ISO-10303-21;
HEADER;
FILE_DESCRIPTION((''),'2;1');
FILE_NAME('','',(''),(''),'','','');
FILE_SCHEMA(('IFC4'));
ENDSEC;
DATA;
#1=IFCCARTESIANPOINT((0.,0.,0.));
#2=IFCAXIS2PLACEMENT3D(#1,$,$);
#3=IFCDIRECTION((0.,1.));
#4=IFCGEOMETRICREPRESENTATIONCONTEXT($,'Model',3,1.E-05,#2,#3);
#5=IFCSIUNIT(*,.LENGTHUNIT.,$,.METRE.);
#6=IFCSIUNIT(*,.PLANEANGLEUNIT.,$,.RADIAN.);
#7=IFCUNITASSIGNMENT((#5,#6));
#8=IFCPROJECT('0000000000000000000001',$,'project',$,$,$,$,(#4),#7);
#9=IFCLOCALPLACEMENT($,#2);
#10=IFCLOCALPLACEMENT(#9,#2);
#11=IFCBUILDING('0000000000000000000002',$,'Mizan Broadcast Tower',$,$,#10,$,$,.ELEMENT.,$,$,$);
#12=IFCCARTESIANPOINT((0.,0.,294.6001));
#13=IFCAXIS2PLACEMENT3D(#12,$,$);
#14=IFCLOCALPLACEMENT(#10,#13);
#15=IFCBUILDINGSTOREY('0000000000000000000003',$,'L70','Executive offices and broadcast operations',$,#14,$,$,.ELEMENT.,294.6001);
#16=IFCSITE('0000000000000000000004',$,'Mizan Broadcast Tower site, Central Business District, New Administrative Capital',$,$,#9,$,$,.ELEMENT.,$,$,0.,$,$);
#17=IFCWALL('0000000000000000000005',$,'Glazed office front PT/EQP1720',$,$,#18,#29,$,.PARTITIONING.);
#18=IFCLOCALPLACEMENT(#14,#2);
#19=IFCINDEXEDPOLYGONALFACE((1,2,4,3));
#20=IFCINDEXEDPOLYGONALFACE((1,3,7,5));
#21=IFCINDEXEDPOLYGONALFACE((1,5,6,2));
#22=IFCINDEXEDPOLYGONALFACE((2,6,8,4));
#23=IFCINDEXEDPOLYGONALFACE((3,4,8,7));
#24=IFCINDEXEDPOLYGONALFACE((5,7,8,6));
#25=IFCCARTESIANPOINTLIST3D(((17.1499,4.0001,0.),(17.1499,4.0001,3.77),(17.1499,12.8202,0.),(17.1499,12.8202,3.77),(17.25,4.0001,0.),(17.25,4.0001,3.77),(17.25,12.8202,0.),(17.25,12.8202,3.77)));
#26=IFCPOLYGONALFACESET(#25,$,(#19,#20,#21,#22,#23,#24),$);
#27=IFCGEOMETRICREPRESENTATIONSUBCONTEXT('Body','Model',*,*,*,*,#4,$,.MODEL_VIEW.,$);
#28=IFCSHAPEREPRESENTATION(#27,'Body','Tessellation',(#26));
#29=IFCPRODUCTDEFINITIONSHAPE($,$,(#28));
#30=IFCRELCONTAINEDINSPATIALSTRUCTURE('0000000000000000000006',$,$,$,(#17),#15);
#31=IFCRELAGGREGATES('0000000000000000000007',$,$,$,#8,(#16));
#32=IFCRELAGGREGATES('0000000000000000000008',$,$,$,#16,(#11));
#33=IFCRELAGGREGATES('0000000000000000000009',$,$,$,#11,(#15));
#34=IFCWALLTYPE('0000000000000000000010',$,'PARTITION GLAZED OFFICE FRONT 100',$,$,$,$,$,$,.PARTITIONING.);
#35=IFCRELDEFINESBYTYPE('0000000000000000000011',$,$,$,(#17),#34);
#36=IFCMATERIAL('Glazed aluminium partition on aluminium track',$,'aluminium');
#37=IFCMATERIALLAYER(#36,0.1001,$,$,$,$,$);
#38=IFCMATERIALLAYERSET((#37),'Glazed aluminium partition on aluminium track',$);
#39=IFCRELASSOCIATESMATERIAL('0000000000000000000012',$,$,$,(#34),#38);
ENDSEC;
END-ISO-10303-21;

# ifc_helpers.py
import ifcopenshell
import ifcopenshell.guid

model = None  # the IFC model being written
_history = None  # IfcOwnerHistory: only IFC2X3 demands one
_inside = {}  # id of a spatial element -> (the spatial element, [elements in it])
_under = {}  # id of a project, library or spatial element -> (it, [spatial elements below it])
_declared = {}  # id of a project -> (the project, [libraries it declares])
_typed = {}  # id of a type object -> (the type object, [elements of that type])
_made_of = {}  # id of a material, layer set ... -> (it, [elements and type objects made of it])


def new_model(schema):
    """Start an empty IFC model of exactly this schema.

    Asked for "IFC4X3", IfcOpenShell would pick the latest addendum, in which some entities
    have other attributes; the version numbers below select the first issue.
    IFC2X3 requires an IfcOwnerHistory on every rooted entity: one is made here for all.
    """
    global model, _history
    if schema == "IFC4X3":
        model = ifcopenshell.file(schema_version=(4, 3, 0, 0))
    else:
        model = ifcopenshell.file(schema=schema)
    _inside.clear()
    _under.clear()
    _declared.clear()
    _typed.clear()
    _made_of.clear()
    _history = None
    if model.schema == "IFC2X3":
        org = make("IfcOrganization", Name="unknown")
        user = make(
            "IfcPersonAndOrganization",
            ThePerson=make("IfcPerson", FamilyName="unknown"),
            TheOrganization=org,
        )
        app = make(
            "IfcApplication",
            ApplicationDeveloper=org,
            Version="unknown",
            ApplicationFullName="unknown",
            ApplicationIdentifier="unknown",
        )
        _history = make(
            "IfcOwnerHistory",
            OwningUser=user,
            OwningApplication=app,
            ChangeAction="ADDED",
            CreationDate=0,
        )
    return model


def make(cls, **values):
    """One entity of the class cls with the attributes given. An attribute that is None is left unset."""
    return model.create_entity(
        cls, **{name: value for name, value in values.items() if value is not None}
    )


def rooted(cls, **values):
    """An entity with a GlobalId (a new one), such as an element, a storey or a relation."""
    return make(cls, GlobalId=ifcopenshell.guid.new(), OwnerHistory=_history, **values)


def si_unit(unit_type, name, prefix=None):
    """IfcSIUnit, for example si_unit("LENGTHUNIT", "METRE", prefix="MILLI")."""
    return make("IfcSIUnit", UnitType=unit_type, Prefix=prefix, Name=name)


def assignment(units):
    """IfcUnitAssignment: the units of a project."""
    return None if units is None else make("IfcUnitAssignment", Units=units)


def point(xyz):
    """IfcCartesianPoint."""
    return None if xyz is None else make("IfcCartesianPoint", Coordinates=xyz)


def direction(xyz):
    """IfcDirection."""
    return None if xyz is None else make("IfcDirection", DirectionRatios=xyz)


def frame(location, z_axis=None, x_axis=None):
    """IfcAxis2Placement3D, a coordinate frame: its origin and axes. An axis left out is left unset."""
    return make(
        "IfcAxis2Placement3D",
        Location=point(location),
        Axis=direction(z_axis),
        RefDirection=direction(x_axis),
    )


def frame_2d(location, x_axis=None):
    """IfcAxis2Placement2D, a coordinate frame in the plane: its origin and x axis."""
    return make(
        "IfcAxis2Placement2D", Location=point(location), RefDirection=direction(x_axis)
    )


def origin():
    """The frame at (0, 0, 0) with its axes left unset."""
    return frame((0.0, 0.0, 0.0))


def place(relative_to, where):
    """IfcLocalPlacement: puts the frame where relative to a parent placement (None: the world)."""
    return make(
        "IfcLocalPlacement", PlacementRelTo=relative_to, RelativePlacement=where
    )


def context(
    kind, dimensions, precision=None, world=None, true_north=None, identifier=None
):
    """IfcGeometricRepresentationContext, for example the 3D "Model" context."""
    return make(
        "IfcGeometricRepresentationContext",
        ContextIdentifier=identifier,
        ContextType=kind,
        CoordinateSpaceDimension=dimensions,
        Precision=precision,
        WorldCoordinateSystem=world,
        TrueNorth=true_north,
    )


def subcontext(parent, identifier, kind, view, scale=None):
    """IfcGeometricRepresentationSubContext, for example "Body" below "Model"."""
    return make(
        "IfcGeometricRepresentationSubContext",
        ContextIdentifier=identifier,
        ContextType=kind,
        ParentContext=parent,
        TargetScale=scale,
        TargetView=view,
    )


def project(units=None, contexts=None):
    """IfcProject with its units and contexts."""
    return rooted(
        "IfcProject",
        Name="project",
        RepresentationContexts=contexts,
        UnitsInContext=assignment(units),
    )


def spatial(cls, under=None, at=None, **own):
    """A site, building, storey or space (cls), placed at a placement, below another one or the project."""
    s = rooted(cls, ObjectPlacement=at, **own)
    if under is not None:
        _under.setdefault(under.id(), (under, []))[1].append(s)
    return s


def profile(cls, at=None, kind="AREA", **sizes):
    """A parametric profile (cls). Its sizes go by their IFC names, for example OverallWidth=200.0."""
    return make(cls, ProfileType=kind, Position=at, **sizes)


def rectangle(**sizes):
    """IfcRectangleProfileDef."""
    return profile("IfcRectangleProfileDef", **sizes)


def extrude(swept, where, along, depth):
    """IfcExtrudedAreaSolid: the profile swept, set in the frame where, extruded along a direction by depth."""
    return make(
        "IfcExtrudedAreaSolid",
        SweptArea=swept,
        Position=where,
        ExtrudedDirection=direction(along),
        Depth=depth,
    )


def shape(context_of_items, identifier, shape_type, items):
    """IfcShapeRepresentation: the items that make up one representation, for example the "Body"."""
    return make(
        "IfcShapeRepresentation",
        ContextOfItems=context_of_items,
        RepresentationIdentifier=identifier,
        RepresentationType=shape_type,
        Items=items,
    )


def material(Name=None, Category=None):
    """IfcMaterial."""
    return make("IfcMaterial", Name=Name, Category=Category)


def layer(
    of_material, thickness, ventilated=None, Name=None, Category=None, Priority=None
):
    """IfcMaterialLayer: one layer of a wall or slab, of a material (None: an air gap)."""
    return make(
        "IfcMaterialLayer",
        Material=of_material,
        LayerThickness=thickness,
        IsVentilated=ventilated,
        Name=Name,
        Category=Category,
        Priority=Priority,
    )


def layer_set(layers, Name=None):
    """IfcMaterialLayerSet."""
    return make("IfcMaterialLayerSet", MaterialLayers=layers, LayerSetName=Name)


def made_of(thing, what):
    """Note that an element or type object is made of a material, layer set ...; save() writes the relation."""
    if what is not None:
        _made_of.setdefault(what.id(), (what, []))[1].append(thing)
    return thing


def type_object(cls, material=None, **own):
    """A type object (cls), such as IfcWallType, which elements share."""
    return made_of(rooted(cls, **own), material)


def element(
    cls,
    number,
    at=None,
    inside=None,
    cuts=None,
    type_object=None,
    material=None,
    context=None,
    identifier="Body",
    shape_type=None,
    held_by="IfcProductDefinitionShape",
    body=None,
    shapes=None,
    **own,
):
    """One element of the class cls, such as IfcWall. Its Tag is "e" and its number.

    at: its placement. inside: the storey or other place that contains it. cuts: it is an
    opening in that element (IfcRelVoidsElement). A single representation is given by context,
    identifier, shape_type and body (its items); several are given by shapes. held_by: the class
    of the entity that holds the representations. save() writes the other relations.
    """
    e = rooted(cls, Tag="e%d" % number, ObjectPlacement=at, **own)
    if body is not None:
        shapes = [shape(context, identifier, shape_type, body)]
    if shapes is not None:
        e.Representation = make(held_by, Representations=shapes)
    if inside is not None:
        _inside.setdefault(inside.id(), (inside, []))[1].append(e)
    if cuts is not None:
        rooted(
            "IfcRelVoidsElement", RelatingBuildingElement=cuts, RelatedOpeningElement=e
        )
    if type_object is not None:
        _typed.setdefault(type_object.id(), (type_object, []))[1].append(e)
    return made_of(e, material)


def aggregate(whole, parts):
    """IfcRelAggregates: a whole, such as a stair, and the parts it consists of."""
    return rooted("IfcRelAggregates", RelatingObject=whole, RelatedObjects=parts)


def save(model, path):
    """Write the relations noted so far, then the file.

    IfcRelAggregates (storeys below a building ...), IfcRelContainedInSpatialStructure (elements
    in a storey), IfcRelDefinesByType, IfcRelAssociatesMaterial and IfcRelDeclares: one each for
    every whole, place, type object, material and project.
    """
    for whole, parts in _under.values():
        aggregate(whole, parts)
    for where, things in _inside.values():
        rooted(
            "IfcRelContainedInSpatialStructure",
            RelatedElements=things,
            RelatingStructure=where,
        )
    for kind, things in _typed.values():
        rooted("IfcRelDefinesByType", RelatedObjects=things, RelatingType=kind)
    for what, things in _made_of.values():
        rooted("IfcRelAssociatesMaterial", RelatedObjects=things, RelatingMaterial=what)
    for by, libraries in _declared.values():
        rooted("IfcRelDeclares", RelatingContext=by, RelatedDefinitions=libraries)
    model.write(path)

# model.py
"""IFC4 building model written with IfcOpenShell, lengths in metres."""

from ifc_helpers import new_model, si_unit, direction, frame, frame_2d, origin, place, context, subcontext, project, spatial, rectangle, extrude, material, layer, layer_set, type_object, element, save


model = new_model("IFC4")

# Units and contexts
model_context = context("Model", 3, precision=1e-05, world=origin(), true_north=direction((0.0, 1.0)))
body_context = subcontext(model_context, "Body", "Model", "MODEL_VIEW")
ifc_project = project(units=[si_unit("LENGTHUNIT", "METRE"), si_unit("PLANEANGLEUNIT", "RADIAN")], contexts=[model_context])

# Site, building, storey
site_placement = place(None, origin())
site = spatial("IfcSite", under=ifc_project, at=site_placement, Name="Mizan Broadcast Tower site, Central Business District, New Administrative Capital", CompositionType="ELEMENT", RefElevation=0.0)
building_placement = place(site_placement, origin())
building = spatial("IfcBuilding", under=site, at=building_placement, Name="Mizan Broadcast Tower", CompositionType="ELEMENT")
storey_placement = place(building_placement, frame((0.0, 0.0, 294.6001)))
storey = spatial("IfcBuildingStorey", under=building, at=storey_placement, Name="L70", Description="Executive offices and broadcast operations", CompositionType="ELEMENT", Elevation=294.6001)

# Shared definitions
ifc_material_1 = material(Name="Glazed aluminium partition on aluminium track", Category="aluminium")
ifc_layer_1 = layer(ifc_material_1, 0.1001)
ifc_layer_set_1 = layer_set([ifc_layer_1], Name="Glazed aluminium partition on aluminium track")
wall_type = type_object("IfcWallType", Name="PARTITION GLAZED OFFICE FRONT 100", PredefinedType="PARTITIONING", material=ifc_layer_set_1)

# Wall
for number, where, z_axis, x_axis, name in (
    (1, (17.2, 4.0, 0.0), (0.0, 0.0, 1.0), (0.0, 1.0, 0.0), "Glazed office front PT/EQP1720"),
):
    element("IfcWall", number, at=place(storey_placement, frame(where, z_axis=z_axis, x_axis=x_axis)), inside=storey, type_object=wall_type, Name=name, PredefinedType="PARTITIONING", context=body_context, shape_type="SweptSolid", body=[
        extrude(rectangle(XDim=8.8201, YDim=0.1001, at=frame_2d((4.4102, 0.0))), origin(), (0.0, 0.0, 1.0), 3.77),
    ])

save(model, "model.ifc")
